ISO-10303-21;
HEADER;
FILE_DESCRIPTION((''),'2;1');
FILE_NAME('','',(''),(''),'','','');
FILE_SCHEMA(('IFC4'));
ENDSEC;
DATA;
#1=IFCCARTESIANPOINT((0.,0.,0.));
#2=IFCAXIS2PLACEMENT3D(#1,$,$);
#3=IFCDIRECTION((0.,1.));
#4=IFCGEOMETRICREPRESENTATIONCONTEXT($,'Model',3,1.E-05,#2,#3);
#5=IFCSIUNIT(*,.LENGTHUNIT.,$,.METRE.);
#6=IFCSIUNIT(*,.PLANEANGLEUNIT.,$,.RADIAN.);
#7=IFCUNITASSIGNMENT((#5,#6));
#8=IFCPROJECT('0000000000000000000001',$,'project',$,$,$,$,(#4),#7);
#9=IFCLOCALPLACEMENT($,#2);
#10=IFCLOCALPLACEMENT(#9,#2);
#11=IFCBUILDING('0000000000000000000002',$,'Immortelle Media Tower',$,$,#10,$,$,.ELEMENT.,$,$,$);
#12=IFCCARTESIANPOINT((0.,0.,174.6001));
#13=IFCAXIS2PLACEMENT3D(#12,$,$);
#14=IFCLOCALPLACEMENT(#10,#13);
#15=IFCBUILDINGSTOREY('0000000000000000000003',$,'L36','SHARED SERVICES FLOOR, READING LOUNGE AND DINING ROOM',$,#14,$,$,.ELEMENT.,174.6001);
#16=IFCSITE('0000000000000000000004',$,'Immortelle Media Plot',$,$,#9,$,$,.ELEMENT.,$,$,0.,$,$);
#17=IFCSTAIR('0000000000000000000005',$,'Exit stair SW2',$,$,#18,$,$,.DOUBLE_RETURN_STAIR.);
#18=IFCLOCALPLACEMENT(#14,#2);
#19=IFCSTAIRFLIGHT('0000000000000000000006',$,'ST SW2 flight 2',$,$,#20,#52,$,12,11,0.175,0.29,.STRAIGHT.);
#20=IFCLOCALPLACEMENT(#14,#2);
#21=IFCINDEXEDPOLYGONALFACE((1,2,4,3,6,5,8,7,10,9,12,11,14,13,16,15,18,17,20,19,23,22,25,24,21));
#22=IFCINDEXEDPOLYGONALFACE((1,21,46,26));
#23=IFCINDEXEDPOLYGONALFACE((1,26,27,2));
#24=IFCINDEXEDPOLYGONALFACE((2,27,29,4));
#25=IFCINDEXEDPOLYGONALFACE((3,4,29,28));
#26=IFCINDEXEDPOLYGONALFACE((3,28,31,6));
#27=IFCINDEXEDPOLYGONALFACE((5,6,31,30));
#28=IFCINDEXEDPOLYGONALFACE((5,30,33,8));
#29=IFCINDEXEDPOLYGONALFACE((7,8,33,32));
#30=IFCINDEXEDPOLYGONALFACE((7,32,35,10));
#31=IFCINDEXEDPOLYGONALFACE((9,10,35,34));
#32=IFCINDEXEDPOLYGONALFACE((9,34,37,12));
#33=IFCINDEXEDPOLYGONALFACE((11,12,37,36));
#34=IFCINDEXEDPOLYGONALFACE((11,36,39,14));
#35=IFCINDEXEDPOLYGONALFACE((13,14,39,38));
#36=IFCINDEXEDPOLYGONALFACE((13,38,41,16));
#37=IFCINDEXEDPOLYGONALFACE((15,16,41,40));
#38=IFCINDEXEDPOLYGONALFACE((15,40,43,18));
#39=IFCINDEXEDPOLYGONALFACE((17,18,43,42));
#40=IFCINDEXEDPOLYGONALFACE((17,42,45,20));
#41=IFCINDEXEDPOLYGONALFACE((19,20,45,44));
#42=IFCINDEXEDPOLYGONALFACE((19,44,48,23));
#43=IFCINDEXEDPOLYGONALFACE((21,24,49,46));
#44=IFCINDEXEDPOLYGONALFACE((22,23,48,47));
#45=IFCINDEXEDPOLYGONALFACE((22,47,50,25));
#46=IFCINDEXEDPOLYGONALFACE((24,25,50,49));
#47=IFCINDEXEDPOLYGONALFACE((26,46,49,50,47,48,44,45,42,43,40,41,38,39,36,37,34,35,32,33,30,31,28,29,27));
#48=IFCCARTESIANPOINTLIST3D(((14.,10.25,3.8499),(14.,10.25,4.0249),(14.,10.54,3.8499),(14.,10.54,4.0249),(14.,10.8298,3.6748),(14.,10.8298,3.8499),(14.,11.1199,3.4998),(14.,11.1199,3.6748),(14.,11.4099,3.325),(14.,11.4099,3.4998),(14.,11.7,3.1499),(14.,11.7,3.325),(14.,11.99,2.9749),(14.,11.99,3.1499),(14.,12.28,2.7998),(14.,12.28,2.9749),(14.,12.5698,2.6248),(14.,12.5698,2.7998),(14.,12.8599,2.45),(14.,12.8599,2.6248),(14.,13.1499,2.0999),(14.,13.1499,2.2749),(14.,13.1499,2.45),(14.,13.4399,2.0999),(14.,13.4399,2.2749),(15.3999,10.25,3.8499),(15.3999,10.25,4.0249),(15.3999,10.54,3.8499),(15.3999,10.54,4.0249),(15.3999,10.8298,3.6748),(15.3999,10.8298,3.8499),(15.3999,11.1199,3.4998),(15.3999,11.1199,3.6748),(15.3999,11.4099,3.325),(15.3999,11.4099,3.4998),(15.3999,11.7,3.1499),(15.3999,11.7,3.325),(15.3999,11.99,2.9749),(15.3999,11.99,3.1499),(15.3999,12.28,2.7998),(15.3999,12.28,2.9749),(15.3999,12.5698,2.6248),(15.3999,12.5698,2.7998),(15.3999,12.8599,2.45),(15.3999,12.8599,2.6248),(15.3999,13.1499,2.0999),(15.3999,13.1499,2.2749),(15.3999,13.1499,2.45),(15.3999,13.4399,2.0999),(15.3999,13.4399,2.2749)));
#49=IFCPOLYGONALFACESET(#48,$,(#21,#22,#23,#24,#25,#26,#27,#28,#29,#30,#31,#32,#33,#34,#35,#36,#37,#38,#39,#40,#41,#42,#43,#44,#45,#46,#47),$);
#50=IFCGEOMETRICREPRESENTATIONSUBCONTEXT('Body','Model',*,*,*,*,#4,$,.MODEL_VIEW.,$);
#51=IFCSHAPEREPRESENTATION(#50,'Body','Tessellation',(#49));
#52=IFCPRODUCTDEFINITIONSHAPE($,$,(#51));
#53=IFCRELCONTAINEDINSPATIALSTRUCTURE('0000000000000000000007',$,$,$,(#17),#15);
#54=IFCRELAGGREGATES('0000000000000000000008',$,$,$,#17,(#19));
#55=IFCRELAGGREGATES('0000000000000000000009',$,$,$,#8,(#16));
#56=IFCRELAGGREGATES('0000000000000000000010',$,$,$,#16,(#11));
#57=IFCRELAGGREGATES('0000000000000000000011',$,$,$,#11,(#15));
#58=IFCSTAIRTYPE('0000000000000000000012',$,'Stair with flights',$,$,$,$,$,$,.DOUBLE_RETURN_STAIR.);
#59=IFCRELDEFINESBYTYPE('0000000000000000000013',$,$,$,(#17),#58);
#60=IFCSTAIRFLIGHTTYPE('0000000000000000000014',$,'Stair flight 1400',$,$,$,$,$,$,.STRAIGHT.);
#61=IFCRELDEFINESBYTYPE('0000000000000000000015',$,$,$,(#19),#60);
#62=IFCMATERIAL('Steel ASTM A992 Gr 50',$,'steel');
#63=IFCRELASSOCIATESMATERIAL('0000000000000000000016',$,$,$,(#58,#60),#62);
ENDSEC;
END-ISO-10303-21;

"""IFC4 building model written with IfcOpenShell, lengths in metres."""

from ifc_helpers import new_model, si_unit, direction, frame, origin, place, context, subcontext, project, spatial, polyline, outline, extrude, material, type_object, element, aggregate, save


model = new_model("IFC4")

# Units and contexts
model_context = context("Model", 3, precision=1e-05, world=origin(), true_north=direction((0.0, 1.0)))
body_context = subcontext(model_context, "Body", "Model", "MODEL_VIEW")
ifc_project = project(units=[si_unit("LENGTHUNIT", "METRE"), si_unit("PLANEANGLEUNIT", "RADIAN")], contexts=[model_context])

# Site, building, storey
site_placement = place(None, origin())
site = spatial("IfcSite", under=ifc_project, at=site_placement, Name="Immortelle Media Plot", CompositionType="ELEMENT", RefElevation=0.0)
building_placement = place(site_placement, origin())
building = spatial("IfcBuilding", under=site, at=building_placement, Name="Immortelle Media Tower", CompositionType="ELEMENT")
storey_placement = place(building_placement, frame((0.0, 0.0, 174.6001)))
storey = spatial("IfcBuildingStorey", under=building, at=storey_placement, Name="L36", Description="SHARED SERVICES FLOOR, READING LOUNGE AND DINING ROOM", CompositionType="ELEMENT", Elevation=174.6001)

# Shared definitions
ifc_material_1 = material(Name="Steel ASTM A992 Gr 50", Category="steel")

# Stair, stair flight
stair_type = type_object("IfcStairType", Name="Stair with flights", PredefinedType="DOUBLE_RETURN_STAIR", material=ifc_material_1)
stair_flight_type = type_object("IfcStairFlightType", Name="Stair flight 1400", PredefinedType="STRAIGHT", material=ifc_material_1)
stair_1_placement = place(storey_placement, origin())
stair_1 = element("IfcStair", 1, at=stair_1_placement, inside=storey, type_object=stair_type, Name="Exit stair SW2", PredefinedType="DOUBLE_RETURN_STAIR")
stair_flight_1_placement = place(storey_placement, frame((14.7, 13.4399, 2.0999), z_axis=(0.0, 0.0, 1.0), x_axis=(0.0, -1.0, 0.0)))
stair_flight_1 = element("IfcStairFlight", 2, at=stair_flight_1_placement, type_object=stair_flight_type, Name="ST SW2 flight 2", NumberOfRisers=12, NumberOfTreads=11, PredefinedType="STRAIGHT", RiserHeight=0.175, TreadLength=0.29, context=body_context, shape_type="SweptSolid", body=[
    extrude(outline(polyline([(0.0, 0.0), (0.0, 0.175), (0.29, 0.175), (0.29, 0.3501), (0.5801, 0.3501), (0.5801, 0.5249), (0.8701, 0.5249), (0.8701, 0.7), (1.1599, 0.7), (1.1599, 0.875), (1.45, 0.875), (1.45, 1.05), (1.74, 1.05), (1.74, 1.2251), (2.03, 1.2251), (2.03, 1.3999), (2.3201, 1.3999), (2.3201, 1.575), (2.6101, 1.575), (2.6101, 1.75), (2.8999, 1.75), (2.8999, 1.925), (3.1899, 1.925), (3.1899, 2.1001), (3.1899, 1.75), (0.29, 0.0), (0.0, 0.0)])), frame((0.0, 0.7, 0.0), z_axis=(0.0, -1.0, 0.0), x_axis=(1.0, 0.0, 0.0)), (0.0, 0.0, 1.0), 1.3999),
])
aggregate(stair_1, [stair_flight_1])

save(model, "model.ifc")
